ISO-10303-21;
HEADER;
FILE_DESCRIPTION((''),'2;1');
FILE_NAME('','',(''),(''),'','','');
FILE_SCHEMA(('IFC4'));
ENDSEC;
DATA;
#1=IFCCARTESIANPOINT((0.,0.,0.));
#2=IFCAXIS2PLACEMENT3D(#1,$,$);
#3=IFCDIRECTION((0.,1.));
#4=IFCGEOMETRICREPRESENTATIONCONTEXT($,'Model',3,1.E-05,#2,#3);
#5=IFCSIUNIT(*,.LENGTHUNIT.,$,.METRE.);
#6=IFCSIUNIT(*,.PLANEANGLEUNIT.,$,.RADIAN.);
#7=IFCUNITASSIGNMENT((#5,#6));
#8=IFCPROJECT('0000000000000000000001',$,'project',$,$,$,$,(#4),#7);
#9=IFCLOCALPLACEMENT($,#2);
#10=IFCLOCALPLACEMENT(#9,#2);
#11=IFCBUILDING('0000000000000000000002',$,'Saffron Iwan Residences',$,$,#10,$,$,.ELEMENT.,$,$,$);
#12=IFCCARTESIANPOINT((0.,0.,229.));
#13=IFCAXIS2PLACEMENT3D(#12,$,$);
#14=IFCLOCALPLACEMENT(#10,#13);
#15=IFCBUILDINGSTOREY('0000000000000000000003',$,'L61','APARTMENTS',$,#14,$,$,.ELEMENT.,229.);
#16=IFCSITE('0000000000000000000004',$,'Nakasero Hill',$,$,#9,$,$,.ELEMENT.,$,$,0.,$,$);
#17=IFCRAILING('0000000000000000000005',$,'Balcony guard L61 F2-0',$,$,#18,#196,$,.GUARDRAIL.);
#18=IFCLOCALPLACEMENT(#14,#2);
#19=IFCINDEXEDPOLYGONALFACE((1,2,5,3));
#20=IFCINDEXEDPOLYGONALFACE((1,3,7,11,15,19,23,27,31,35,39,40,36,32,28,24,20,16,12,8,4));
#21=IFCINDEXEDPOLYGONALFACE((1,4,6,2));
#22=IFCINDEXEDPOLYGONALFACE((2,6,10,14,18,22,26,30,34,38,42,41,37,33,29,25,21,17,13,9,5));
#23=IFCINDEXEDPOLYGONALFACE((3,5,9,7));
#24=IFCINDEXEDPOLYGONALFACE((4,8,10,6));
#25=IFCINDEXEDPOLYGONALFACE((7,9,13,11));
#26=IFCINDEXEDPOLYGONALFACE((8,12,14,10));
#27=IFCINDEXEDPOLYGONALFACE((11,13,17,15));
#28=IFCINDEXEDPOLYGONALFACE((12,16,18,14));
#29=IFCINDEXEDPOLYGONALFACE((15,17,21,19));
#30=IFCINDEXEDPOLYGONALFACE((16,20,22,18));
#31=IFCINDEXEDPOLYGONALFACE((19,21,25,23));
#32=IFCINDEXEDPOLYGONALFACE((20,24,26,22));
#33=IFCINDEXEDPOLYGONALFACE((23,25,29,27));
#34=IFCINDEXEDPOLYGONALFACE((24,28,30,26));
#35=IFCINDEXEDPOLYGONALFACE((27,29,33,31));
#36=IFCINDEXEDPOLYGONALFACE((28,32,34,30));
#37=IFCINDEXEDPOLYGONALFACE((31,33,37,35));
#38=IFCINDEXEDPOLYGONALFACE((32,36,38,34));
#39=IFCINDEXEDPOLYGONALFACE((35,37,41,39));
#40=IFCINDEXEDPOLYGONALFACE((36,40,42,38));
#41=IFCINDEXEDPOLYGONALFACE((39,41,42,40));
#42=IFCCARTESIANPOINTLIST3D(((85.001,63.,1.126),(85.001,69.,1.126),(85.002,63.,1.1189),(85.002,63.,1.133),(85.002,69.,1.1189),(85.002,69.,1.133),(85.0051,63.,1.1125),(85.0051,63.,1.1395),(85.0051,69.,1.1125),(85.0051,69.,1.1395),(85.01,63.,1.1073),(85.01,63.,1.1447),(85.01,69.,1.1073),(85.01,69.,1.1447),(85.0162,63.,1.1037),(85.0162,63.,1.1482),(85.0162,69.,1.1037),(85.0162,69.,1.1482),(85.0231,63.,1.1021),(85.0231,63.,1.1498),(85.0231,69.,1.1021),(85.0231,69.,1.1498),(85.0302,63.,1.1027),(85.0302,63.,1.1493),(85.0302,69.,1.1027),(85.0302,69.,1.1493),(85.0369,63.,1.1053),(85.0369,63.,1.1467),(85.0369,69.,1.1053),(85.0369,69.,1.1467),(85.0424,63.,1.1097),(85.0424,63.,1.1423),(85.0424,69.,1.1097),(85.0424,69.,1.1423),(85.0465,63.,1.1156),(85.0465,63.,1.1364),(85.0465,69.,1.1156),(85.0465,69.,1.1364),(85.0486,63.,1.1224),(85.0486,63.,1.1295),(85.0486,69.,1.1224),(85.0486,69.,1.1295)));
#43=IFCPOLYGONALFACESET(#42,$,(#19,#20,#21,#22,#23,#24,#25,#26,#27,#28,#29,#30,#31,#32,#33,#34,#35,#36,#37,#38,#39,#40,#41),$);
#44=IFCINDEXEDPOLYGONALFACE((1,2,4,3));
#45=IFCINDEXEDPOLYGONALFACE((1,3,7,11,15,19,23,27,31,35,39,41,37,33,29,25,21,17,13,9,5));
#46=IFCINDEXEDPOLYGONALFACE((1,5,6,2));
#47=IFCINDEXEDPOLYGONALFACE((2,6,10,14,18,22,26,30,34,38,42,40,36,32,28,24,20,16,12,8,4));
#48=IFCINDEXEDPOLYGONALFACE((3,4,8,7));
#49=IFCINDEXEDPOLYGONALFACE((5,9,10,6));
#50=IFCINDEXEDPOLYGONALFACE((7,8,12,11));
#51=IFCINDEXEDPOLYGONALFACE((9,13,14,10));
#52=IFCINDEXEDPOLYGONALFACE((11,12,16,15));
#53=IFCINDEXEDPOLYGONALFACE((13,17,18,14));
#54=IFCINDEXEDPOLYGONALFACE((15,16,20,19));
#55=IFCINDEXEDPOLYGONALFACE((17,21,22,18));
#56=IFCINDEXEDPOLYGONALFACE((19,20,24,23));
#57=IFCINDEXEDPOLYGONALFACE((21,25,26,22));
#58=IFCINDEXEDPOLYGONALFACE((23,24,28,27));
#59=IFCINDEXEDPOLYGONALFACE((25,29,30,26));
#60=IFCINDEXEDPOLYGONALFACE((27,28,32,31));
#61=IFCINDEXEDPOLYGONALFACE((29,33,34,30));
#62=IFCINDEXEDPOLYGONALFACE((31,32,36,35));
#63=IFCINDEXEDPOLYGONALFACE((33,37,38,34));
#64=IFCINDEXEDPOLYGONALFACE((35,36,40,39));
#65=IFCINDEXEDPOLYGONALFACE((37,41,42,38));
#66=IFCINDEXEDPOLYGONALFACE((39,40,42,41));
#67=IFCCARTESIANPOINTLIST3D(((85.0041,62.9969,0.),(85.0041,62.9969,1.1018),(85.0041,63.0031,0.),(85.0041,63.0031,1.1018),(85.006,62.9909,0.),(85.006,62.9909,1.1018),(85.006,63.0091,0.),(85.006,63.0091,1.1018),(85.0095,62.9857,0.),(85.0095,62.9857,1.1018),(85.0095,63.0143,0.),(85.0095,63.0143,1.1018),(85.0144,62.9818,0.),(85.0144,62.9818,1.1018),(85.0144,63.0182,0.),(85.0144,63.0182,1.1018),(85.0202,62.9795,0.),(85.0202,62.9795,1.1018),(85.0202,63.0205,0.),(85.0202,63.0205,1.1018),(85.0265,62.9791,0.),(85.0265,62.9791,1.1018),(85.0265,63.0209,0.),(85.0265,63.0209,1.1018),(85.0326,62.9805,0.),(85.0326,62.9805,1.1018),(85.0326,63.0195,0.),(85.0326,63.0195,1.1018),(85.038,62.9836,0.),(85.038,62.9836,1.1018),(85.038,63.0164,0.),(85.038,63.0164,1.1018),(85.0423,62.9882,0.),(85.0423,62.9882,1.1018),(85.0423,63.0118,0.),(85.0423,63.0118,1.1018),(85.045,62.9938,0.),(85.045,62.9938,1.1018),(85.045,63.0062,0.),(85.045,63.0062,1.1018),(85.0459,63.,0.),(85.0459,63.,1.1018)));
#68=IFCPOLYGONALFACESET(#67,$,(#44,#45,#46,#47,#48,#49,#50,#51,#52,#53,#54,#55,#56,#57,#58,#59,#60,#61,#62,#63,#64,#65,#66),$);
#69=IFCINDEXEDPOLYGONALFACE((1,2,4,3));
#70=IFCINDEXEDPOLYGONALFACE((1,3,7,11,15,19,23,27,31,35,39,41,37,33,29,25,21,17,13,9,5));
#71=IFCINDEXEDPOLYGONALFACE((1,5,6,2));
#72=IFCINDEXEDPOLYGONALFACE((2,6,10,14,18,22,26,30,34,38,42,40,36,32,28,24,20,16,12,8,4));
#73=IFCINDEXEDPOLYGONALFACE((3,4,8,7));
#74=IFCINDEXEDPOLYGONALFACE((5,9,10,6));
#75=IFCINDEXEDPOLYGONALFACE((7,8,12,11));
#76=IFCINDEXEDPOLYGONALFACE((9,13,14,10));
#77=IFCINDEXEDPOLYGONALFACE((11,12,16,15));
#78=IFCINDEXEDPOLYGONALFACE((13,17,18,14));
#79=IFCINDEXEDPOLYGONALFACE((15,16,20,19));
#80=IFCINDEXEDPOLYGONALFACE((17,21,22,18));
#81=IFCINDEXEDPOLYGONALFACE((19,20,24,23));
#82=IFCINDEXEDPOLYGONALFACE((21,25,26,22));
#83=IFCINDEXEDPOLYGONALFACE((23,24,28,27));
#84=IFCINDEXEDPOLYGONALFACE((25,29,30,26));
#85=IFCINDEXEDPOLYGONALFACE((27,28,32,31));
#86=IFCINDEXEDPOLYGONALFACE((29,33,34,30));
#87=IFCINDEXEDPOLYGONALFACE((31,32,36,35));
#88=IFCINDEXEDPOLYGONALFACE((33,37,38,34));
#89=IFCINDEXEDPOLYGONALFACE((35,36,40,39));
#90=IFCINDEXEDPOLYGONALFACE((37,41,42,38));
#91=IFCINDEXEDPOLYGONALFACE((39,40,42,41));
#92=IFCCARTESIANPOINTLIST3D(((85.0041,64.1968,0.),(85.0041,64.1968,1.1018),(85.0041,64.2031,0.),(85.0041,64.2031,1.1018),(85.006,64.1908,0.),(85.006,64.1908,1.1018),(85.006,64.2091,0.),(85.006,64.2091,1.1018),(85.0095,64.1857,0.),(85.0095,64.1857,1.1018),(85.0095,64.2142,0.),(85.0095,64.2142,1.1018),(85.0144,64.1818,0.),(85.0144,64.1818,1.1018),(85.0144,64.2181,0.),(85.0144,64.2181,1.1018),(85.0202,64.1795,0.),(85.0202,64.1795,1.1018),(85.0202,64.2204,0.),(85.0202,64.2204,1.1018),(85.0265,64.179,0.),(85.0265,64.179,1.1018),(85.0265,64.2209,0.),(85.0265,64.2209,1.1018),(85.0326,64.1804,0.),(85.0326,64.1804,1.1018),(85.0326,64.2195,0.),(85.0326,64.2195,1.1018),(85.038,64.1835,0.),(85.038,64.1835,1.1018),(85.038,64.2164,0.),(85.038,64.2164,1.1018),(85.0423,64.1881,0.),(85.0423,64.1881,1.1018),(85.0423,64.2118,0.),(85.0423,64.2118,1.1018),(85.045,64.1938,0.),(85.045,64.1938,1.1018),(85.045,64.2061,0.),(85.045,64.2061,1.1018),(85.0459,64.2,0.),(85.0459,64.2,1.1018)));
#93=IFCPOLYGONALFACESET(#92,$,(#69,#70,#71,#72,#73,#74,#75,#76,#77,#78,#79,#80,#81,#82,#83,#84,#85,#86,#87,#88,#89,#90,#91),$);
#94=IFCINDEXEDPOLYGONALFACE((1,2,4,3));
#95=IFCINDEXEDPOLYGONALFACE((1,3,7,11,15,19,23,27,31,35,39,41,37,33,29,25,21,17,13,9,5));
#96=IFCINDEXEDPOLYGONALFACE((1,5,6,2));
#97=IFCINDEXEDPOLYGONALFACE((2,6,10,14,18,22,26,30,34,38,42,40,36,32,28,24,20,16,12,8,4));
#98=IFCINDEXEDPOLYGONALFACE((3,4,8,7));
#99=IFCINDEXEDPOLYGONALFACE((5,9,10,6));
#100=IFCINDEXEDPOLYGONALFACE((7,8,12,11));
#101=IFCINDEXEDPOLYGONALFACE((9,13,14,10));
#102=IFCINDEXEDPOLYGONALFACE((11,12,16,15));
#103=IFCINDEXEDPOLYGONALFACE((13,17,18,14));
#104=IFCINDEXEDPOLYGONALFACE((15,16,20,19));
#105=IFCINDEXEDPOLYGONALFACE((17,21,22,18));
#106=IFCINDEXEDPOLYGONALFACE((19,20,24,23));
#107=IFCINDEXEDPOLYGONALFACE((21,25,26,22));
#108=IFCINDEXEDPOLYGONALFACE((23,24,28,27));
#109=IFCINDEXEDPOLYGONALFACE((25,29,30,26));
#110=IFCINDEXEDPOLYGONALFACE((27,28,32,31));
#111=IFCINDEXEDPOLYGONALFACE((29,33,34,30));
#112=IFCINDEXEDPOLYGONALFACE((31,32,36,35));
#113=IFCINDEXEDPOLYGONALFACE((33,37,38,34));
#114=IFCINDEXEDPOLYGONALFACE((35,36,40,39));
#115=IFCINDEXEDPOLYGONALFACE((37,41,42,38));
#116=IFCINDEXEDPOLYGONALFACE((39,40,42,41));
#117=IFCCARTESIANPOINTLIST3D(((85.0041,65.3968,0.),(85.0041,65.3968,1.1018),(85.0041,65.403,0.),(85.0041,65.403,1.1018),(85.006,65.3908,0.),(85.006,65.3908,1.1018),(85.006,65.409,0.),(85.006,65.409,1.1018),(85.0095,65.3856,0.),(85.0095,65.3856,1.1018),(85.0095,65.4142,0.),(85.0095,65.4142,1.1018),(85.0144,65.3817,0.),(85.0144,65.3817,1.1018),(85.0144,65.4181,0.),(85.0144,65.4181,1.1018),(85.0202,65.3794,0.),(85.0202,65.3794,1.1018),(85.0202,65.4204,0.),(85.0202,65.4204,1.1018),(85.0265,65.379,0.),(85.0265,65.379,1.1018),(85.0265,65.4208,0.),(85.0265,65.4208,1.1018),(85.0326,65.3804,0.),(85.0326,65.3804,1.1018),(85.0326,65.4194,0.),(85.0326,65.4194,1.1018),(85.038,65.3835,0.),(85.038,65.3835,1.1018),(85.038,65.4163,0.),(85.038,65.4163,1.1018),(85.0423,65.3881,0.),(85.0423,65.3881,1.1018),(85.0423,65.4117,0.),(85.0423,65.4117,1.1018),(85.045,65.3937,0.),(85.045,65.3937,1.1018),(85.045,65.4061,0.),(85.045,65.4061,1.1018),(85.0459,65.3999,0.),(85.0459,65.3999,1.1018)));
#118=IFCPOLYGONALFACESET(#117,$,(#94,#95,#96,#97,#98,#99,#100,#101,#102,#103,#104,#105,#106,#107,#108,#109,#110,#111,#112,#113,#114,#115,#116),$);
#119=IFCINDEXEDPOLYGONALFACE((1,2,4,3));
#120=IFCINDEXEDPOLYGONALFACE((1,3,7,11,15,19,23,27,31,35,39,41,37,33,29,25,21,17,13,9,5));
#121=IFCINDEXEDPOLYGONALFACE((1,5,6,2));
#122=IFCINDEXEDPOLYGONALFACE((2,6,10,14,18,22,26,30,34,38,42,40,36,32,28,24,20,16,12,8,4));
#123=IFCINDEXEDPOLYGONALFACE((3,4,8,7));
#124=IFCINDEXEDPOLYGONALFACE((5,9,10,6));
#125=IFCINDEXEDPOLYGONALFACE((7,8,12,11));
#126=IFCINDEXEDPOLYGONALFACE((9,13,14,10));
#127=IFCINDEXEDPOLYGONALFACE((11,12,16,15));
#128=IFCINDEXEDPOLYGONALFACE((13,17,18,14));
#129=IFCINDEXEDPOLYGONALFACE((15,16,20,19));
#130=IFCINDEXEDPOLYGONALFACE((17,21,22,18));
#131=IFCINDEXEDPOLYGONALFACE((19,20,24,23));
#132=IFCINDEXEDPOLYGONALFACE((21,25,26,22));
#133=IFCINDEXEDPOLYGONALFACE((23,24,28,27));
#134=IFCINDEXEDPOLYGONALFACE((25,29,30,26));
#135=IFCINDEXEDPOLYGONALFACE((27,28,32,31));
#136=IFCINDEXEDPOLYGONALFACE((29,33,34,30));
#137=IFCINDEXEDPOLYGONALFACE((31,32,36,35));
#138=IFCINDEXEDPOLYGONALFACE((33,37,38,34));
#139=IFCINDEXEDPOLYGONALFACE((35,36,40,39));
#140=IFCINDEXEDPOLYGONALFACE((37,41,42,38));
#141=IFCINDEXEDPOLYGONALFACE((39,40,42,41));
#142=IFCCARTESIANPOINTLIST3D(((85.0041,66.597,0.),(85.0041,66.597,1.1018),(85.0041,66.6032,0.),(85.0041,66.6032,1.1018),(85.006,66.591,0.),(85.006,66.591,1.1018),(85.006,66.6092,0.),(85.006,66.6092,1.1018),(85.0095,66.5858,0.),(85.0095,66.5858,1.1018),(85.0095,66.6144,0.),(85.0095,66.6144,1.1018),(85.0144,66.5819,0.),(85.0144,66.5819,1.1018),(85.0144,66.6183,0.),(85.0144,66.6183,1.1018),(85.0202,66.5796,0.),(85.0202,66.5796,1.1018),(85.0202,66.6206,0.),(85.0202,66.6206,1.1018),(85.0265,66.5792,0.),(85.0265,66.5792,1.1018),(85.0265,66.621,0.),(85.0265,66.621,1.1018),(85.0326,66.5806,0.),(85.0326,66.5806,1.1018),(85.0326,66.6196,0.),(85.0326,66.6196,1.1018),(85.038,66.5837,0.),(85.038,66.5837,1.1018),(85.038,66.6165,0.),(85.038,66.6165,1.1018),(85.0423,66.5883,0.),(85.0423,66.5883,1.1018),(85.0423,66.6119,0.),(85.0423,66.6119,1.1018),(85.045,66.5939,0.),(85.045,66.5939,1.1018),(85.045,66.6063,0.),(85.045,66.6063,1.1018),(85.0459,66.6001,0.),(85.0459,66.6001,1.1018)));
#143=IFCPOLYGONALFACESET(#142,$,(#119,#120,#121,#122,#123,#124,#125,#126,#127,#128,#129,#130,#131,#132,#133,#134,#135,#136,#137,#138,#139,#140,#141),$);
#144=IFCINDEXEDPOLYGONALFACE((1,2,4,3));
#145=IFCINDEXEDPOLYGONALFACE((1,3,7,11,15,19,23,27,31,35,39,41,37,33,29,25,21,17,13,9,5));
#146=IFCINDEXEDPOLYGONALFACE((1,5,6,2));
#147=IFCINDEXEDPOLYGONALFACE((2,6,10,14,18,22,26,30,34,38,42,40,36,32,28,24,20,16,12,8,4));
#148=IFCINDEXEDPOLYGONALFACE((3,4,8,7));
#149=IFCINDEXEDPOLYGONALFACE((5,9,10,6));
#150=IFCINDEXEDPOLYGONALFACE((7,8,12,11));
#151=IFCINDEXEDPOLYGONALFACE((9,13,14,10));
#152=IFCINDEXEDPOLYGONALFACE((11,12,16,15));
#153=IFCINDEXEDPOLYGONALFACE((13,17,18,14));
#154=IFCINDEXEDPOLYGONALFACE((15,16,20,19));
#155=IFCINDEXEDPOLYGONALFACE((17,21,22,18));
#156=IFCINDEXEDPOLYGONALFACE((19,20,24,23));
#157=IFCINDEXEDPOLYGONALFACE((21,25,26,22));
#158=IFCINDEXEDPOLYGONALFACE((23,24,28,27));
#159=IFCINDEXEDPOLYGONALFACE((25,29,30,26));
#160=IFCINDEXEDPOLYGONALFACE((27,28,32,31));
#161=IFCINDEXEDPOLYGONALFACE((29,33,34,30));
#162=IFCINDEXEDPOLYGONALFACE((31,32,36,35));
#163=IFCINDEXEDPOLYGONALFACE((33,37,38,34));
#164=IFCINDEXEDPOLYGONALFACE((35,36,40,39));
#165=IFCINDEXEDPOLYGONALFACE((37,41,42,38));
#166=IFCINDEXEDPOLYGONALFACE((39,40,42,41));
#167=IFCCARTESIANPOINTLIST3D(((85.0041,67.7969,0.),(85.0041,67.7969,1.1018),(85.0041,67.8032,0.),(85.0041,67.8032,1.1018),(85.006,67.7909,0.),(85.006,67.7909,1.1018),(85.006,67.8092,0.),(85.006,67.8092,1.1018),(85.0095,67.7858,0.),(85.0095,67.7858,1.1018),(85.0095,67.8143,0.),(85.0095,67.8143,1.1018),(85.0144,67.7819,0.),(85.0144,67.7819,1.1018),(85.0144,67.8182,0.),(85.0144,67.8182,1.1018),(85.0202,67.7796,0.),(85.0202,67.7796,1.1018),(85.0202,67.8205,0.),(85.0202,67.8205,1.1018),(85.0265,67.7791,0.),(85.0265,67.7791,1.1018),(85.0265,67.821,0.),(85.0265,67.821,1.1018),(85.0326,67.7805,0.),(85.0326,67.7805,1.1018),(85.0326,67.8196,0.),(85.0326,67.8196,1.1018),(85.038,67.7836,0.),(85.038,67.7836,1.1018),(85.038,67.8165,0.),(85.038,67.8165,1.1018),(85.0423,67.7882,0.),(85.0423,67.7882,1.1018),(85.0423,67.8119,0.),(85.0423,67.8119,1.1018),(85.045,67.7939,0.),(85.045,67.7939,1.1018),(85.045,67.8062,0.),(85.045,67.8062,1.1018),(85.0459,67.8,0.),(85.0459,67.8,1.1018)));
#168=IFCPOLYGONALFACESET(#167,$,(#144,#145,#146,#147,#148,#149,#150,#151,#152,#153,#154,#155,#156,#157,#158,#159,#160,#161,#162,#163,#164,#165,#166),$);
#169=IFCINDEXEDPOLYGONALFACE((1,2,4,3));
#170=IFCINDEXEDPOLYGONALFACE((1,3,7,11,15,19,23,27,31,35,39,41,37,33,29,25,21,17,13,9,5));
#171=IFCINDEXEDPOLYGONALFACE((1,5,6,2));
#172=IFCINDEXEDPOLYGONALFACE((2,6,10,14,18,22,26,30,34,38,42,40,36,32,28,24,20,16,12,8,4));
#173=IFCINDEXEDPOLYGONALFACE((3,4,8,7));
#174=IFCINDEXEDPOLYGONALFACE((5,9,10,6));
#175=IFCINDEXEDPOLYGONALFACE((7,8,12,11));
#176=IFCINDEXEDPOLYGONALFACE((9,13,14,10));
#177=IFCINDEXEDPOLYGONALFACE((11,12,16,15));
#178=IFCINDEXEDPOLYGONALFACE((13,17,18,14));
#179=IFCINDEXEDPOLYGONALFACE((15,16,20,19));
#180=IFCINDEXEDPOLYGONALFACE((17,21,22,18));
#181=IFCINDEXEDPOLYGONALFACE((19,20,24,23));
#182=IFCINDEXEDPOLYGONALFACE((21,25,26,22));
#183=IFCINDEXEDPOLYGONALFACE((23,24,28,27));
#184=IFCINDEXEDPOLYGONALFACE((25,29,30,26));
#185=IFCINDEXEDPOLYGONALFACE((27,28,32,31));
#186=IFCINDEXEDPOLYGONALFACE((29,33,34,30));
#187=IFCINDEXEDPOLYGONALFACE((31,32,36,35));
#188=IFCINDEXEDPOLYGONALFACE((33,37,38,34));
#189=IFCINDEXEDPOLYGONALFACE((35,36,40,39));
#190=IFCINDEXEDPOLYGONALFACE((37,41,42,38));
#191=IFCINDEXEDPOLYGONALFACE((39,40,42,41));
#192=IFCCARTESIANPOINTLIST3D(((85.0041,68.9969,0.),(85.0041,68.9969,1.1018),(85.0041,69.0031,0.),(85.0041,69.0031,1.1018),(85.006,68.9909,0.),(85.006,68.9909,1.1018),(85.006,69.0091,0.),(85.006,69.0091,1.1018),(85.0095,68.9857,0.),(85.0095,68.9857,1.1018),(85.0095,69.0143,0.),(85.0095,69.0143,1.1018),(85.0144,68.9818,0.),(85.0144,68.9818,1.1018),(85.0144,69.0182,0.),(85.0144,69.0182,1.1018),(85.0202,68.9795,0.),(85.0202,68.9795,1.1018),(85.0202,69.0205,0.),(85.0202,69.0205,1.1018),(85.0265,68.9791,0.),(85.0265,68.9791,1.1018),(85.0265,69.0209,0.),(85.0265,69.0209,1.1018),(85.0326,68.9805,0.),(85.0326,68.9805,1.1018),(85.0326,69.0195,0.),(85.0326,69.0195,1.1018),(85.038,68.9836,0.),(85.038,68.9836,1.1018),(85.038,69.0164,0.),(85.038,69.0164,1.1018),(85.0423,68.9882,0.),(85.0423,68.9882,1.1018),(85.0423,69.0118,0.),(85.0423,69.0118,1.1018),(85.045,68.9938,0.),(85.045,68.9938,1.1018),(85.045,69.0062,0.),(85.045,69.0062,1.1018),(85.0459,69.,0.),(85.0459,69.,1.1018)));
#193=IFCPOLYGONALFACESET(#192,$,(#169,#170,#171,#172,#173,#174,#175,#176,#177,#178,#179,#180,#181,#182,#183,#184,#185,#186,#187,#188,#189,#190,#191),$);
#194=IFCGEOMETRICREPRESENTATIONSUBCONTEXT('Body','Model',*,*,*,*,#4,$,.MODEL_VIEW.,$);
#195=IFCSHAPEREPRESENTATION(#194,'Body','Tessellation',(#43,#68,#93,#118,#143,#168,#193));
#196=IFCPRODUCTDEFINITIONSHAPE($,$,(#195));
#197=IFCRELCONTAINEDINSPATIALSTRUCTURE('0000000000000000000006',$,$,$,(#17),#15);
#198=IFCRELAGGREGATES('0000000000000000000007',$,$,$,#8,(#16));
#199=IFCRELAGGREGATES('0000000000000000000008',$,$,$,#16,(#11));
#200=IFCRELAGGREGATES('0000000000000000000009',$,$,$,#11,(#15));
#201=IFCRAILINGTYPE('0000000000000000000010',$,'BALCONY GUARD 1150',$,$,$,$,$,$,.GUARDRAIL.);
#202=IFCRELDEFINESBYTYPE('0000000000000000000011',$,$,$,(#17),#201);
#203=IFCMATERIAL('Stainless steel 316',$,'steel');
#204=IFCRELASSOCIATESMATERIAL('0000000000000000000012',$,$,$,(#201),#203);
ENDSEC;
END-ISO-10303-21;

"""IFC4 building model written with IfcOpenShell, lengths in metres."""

from ifc_helpers import new_model, si_unit, direction, frame, origin, origin_2d, place, context, subcontext, project, spatial, circle, extrude, material, type_object, element, save


model = new_model("IFC4")

# Units and contexts
model_context = context("Model", 3, precision=1e-05, world=origin(), true_north=direction((0.0, 1.0)))
body_context = subcontext(model_context, "Body", "Model", "MODEL_VIEW")
ifc_project = project(units=[si_unit("LENGTHUNIT", "METRE"), si_unit("PLANEANGLEUNIT", "RADIAN")], contexts=[model_context])

# Site, building, storey
site_placement = place(None, origin())
site = spatial("IfcSite", under=ifc_project, at=site_placement, Name="Nakasero Hill", CompositionType="ELEMENT", RefElevation=0.0)
building_placement = place(site_placement, origin())
building = spatial("IfcBuilding", under=site, at=building_placement, Name="Saffron Iwan Residences", CompositionType="ELEMENT")
storey_placement = place(building_placement, frame((0.0, 0.0, 229.0)))
storey = spatial("IfcBuildingStorey", under=building, at=storey_placement, Name="L61", Description="APARTMENTS", CompositionType="ELEMENT", Elevation=229.0)

# Railing
ifc_material_1 = material(Name="Stainless steel 316", Category="steel")
railing_type_1 = type_object("IfcRailingType", Name="BALCONY GUARD 1150", PredefinedType="GUARDRAIL", material=ifc_material_1)
railing_1_placement = place(storey_placement, frame((85.0249, 63.0, 0.0)))
element("IfcRailing", 1, at=railing_1_placement, inside=storey, type_object=railing_type_1, Name="Balcony guard L61 F2-0", PredefinedType="GUARDRAIL", context=body_context, shape_type="SweptSolid", body=[
    extrude(circle(Radius=0.0239, at=origin_2d()), frame((0.0, 0.0, 1.126), z_axis=(0.0, 1.0, 0.0), x_axis=(-1.0, 0.0, 0.0)), (0.0, 0.0, 1.0), 6.0),
    extrude(circle(Radius=0.021, at=origin_2d()), origin(), (0.0, 0.0, 1.0), 1.1018),
    extrude(circle(Radius=0.021, at=origin_2d()), frame((0.0, 1.2, 0.0)), (0.0, 0.0, 1.0), 1.1018),
    extrude(circle(Radius=0.021, at=origin_2d()), frame((0.0, 2.3999, 0.0)), (0.0, 0.0, 1.0), 1.1018),
    extrude(circle(Radius=0.021, at=origin_2d()), frame((0.0, 3.6001, 0.0)), (0.0, 0.0, 1.0), 1.1018),
    extrude(circle(Radius=0.021, at=origin_2d()), frame((0.0, 4.8, 0.0)), (0.0, 0.0, 1.0), 1.1018),
    extrude(circle(Radius=0.021, at=origin_2d()), frame((0.0, 6.0, 0.0)), (0.0, 0.0, 1.0), 1.1018),
])

save(model, "model.ifc")
